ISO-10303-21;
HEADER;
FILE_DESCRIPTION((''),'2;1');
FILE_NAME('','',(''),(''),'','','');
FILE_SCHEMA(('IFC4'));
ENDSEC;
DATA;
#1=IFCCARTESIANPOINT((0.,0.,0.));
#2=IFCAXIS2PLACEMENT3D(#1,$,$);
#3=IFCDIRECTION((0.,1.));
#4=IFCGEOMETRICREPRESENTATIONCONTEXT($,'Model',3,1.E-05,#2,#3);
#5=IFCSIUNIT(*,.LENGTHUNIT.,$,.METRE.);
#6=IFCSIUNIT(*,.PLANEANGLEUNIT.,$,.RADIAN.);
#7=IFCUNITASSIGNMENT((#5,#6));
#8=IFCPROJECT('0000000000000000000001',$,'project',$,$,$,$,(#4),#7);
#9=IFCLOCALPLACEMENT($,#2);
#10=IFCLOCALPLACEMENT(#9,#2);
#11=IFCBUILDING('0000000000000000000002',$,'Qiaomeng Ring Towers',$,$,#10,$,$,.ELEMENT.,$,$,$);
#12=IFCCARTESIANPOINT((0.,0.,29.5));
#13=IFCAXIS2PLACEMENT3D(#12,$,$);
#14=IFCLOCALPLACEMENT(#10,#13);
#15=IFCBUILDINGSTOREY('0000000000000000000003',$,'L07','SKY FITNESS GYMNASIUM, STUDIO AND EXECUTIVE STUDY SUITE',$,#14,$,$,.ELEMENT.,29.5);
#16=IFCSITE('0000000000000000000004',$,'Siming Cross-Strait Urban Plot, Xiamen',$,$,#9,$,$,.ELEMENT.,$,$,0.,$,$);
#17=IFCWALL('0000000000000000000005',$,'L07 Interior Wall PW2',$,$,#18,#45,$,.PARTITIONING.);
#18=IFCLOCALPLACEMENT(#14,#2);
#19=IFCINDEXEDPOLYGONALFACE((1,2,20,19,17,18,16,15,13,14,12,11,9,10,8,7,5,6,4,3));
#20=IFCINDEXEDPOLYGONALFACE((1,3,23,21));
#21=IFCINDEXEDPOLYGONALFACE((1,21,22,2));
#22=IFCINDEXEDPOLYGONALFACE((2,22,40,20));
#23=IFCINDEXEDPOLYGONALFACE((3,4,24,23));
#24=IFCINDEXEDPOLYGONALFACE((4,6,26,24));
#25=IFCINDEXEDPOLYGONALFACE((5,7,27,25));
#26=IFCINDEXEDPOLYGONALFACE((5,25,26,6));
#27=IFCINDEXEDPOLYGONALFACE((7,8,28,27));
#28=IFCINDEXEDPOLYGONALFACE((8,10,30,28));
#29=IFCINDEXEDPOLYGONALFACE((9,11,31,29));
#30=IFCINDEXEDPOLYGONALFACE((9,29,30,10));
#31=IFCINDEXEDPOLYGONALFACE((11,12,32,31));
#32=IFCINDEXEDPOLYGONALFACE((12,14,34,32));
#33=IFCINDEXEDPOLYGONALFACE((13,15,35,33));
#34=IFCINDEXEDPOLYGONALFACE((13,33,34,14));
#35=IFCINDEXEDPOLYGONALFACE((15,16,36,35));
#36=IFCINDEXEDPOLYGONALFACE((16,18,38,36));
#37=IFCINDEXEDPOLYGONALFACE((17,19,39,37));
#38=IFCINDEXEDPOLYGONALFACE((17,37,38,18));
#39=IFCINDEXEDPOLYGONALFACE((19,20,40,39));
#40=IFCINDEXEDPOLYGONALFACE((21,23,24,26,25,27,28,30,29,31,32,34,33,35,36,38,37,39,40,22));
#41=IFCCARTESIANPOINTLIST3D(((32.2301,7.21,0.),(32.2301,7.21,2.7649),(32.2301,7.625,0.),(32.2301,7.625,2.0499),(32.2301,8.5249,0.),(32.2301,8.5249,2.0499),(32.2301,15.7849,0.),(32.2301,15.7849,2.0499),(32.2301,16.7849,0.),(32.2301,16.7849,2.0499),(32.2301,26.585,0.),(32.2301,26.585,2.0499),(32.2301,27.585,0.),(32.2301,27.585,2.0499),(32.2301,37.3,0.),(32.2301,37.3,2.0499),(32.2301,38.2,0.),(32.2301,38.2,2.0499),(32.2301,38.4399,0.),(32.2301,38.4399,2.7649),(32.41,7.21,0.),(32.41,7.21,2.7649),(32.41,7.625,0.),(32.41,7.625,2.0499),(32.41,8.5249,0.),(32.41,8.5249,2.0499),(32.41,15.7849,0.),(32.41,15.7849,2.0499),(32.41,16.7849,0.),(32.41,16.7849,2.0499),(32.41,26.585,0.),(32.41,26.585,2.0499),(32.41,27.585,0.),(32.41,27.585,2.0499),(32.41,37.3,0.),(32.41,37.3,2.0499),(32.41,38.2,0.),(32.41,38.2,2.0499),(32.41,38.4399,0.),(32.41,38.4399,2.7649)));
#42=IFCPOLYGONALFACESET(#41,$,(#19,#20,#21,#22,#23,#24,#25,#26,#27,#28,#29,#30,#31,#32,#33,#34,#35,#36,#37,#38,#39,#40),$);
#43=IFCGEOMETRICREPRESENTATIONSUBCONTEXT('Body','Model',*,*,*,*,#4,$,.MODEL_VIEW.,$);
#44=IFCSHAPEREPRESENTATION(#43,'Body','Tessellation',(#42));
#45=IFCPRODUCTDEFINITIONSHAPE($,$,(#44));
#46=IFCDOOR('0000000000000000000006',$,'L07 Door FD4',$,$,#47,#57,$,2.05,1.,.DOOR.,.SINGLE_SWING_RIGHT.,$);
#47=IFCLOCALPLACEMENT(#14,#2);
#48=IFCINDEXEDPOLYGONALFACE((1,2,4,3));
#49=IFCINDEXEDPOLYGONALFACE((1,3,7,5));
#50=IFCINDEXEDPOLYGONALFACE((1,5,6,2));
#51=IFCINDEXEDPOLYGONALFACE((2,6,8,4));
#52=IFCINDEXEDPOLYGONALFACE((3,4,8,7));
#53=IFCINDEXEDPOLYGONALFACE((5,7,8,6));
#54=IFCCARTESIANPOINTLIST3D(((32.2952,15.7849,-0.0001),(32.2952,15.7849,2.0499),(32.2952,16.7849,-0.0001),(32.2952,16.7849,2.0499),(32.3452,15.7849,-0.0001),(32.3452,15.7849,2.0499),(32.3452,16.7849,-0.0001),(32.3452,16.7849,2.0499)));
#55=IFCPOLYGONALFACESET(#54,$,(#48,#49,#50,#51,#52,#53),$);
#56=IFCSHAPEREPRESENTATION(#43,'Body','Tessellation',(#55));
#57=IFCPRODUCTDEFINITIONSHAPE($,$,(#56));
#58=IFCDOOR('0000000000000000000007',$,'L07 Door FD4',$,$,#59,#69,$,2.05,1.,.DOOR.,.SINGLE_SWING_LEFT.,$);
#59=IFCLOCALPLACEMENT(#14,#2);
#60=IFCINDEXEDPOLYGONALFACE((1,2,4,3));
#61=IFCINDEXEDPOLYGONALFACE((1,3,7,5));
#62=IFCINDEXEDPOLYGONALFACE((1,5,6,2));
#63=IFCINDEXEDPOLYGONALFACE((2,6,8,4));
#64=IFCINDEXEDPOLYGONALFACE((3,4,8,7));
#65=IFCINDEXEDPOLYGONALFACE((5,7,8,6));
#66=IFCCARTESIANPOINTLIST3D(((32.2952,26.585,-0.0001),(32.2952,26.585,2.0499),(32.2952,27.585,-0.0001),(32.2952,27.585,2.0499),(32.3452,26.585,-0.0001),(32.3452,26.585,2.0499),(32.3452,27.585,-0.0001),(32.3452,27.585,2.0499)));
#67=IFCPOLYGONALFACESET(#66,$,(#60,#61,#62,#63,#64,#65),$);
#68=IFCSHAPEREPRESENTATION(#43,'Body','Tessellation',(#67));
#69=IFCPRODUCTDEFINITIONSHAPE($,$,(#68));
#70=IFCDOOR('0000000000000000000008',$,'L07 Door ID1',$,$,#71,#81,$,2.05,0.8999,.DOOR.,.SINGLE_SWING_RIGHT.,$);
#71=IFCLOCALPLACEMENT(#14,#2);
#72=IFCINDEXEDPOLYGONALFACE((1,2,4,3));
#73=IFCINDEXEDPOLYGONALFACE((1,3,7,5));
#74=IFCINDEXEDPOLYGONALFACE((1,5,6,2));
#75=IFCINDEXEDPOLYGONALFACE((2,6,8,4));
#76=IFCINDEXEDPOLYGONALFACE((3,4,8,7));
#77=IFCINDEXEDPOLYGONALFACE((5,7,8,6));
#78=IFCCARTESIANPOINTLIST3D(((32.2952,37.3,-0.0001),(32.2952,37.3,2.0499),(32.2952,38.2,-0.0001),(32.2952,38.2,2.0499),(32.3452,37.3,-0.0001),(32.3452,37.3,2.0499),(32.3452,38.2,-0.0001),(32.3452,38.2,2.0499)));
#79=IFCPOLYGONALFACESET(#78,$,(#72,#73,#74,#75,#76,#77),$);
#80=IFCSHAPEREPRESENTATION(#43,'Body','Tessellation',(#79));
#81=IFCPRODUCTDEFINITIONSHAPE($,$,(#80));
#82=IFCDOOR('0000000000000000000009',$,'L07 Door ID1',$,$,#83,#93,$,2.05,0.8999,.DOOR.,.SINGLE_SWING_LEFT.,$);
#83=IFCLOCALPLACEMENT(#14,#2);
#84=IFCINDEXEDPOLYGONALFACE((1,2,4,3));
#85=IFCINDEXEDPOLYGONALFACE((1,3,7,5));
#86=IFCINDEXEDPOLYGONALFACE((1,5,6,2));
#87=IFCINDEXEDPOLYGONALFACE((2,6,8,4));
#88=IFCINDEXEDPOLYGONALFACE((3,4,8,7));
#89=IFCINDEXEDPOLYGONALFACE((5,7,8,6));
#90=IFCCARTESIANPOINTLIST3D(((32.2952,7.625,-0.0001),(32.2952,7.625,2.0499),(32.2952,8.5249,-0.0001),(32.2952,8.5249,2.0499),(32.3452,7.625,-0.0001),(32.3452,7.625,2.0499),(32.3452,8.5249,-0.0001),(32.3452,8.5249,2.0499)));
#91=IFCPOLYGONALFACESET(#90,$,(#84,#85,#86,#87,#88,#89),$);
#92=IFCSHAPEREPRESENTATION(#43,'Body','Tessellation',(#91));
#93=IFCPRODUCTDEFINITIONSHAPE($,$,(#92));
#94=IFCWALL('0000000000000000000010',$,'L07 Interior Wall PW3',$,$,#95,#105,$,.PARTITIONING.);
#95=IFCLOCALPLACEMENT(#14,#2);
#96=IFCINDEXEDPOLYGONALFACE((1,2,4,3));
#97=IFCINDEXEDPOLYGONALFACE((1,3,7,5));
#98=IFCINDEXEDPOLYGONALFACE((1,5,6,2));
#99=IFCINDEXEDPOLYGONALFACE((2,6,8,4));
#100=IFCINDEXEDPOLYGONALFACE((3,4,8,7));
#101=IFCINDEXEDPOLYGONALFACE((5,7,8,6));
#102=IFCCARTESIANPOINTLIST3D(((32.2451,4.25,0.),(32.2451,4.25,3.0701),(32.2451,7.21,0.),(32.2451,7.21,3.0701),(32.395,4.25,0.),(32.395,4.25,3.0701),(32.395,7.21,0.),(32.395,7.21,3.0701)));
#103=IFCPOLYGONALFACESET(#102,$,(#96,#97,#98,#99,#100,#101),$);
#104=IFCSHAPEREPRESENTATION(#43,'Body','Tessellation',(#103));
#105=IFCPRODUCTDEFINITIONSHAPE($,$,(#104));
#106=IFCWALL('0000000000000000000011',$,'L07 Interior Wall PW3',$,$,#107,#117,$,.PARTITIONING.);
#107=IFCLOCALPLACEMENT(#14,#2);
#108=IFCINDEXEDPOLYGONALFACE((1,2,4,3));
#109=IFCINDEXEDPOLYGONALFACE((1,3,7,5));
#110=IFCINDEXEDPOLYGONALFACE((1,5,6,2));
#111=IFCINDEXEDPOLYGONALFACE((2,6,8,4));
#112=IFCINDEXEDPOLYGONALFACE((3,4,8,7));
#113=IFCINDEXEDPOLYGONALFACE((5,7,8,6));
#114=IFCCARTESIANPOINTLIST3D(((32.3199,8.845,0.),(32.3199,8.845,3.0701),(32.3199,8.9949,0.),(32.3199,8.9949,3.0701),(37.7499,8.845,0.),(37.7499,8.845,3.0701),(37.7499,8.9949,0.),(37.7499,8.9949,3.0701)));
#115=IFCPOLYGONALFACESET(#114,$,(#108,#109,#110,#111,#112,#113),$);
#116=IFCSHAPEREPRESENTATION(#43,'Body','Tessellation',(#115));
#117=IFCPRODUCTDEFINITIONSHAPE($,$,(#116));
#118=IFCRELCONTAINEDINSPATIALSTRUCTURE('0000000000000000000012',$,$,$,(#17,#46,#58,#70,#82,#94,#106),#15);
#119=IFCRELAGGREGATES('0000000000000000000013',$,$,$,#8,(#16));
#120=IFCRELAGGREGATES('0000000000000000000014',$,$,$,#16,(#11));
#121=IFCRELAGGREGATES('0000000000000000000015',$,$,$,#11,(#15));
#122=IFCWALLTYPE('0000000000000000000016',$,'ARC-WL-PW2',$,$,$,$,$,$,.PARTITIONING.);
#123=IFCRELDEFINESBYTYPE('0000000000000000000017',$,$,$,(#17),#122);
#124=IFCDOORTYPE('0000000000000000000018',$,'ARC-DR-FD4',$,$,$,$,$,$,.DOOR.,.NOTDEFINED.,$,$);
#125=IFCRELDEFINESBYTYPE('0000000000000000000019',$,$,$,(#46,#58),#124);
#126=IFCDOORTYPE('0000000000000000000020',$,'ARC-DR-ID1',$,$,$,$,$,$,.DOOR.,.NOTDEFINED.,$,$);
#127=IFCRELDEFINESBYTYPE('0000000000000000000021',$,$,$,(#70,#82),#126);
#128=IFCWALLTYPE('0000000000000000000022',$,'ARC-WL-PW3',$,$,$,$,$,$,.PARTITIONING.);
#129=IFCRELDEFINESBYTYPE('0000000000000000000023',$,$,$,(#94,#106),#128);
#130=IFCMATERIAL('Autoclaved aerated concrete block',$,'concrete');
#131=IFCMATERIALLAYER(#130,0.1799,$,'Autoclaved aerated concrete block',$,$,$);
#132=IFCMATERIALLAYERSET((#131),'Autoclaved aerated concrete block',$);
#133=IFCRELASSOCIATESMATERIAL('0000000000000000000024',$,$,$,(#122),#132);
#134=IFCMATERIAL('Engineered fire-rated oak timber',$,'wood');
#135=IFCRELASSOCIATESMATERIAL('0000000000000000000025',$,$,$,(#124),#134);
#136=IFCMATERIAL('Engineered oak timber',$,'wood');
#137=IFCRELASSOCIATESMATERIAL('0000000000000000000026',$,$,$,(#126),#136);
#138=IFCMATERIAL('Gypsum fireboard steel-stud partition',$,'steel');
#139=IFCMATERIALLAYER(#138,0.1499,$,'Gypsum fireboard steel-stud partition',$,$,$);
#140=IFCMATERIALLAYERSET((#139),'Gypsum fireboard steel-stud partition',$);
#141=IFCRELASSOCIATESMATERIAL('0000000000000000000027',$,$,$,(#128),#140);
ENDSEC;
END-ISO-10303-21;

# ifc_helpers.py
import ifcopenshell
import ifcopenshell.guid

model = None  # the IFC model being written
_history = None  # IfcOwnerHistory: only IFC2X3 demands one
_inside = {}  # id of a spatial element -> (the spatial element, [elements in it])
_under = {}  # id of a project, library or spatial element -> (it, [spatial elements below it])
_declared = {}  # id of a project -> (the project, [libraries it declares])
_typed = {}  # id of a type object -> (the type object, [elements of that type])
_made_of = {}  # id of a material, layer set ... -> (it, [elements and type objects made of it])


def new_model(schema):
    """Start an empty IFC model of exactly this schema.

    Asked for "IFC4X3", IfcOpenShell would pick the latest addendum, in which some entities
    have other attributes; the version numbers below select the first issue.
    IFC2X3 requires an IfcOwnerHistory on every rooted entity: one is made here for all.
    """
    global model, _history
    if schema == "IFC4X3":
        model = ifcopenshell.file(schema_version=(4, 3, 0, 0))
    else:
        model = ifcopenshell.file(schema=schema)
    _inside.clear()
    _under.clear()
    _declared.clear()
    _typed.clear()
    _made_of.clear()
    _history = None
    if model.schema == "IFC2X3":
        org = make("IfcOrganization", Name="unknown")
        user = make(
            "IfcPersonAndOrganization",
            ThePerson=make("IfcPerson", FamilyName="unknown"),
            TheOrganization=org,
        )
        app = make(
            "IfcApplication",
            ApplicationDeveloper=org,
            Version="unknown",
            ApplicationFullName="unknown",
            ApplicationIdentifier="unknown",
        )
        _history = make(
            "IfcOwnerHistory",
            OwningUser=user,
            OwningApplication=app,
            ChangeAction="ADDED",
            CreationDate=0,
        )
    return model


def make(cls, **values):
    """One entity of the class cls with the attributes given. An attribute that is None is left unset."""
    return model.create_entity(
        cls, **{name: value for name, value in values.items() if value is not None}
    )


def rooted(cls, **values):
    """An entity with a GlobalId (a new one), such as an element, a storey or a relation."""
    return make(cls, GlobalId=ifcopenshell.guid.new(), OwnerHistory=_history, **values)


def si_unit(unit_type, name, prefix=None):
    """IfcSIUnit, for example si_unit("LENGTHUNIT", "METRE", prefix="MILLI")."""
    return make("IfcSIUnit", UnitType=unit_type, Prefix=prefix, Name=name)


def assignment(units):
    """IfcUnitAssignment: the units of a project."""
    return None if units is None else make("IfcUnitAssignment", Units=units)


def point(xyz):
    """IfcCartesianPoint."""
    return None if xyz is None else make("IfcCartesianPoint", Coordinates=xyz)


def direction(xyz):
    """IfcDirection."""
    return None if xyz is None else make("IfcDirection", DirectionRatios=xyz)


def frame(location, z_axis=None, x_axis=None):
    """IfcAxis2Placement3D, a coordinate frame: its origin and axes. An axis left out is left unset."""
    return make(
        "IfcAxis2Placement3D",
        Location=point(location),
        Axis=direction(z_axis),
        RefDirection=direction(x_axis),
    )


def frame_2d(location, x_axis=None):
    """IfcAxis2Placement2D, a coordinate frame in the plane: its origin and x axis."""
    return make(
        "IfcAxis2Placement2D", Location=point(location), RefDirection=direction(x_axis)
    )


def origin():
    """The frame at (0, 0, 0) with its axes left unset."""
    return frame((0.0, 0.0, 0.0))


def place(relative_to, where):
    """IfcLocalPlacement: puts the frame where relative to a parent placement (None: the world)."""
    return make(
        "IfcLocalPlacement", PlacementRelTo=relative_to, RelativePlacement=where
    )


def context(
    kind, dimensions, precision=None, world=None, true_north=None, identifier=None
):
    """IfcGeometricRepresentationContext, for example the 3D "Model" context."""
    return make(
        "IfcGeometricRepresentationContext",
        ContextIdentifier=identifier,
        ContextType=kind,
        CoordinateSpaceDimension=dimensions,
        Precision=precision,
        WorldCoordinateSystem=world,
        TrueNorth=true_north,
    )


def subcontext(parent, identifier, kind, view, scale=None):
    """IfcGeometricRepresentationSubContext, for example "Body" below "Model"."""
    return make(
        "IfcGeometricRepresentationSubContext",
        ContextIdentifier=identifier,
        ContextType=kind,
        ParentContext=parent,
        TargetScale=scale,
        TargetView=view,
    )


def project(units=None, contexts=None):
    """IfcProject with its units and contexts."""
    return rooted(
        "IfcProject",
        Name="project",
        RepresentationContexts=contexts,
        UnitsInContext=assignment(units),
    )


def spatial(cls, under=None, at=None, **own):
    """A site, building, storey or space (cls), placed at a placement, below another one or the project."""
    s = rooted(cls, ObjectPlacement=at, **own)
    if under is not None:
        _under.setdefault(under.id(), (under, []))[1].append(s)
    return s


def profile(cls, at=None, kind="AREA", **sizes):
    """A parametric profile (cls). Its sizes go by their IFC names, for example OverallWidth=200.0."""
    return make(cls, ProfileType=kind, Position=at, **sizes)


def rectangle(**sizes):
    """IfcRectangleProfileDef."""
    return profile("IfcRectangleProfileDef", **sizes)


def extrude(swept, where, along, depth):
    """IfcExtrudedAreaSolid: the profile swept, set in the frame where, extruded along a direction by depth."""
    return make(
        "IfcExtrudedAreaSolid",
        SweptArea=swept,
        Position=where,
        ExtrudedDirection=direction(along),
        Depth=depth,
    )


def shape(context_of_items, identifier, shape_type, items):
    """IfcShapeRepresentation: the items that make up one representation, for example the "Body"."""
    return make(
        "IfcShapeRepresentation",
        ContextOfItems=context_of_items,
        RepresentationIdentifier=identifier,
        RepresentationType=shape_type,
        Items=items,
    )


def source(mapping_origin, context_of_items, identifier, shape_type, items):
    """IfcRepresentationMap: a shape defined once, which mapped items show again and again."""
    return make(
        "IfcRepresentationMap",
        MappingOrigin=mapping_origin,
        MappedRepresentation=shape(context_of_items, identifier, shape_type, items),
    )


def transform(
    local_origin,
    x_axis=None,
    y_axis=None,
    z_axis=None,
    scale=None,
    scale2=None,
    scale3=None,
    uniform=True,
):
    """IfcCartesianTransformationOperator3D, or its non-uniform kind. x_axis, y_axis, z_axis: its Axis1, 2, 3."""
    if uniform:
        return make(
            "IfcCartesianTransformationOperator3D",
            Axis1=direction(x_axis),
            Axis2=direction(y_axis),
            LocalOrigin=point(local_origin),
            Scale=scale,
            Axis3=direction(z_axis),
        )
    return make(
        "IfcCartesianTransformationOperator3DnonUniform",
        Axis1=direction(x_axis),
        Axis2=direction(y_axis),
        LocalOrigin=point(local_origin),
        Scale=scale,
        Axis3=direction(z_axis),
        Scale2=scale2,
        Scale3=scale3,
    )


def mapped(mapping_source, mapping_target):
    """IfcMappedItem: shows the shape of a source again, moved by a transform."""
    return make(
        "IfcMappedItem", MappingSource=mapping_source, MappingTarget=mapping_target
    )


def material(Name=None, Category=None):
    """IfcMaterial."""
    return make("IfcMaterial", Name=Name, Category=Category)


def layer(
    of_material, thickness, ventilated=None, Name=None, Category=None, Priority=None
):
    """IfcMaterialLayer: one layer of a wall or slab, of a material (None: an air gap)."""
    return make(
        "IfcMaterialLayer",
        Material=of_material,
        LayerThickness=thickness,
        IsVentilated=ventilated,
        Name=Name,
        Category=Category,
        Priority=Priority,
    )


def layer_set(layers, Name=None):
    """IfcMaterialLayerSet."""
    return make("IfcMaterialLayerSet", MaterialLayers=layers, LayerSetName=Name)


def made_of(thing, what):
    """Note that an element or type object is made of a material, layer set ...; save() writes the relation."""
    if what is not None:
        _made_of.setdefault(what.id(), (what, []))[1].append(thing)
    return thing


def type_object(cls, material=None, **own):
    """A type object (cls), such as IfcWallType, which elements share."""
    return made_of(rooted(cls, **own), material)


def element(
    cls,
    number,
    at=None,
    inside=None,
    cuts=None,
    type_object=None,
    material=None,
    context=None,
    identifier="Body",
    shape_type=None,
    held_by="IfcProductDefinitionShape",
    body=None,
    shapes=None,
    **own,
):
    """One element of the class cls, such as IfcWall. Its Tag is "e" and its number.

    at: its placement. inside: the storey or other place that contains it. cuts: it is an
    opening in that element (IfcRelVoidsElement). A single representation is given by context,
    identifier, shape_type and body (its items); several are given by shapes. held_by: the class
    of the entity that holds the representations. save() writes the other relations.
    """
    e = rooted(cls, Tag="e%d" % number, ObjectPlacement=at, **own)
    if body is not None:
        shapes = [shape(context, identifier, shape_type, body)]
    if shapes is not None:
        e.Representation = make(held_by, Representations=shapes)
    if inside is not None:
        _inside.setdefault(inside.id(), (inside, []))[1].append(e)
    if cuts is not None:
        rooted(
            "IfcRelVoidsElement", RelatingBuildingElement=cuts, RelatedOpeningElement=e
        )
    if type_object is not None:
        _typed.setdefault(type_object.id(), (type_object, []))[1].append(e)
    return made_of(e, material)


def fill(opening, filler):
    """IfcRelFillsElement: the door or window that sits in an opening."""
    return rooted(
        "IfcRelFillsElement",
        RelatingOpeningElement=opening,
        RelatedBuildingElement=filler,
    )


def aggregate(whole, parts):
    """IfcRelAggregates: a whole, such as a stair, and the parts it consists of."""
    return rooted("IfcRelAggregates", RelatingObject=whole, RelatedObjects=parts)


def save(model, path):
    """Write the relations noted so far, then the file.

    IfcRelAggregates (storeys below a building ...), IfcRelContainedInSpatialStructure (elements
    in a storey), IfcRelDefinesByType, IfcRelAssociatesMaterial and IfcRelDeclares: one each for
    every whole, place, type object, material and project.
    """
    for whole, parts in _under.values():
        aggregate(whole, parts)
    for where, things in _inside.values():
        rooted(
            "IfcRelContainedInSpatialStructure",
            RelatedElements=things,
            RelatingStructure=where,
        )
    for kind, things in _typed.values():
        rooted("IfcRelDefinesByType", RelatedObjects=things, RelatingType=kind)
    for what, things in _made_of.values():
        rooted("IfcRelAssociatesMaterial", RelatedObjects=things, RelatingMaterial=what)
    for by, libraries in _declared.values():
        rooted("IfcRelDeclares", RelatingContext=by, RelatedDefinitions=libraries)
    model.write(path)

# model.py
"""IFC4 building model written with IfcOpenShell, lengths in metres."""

from ifc_helpers import new_model, si_unit, direction, frame, frame_2d, origin, place, context, subcontext, project, spatial, rectangle, extrude, source, transform, mapped, material, layer, layer_set, type_object, element, fill, save


model = new_model("IFC4")

# Units and contexts
model_context = context("Model", 3, precision=1e-05, world=origin(), true_north=direction((0.0, 1.0)))
body_context = subcontext(model_context, "Body", "Model", "MODEL_VIEW")
ifc_project = project(units=[si_unit("LENGTHUNIT", "METRE"), si_unit("PLANEANGLEUNIT", "RADIAN")], contexts=[model_context])

# Site, building, storey
site_placement = place(None, origin())
site = spatial("IfcSite", under=ifc_project, at=site_placement, Name="Siming Cross-Strait Urban Plot, Xiamen", CompositionType="ELEMENT", RefElevation=0.0)
building_placement = place(site_placement, origin())
building = spatial("IfcBuilding", under=site, at=building_placement, Name="Qiaomeng Ring Towers", CompositionType="ELEMENT")
storey_placement = place(building_placement, frame((0.0, 0.0, 29.5)))
storey = spatial("IfcBuildingStorey", under=building, at=storey_placement, Name="L07", Description="SKY FITNESS GYMNASIUM, STUDIO AND EXECUTIVE STUDY SUITE", CompositionType="ELEMENT", Elevation=29.5)

# Wall, openings, doors
ifc_material_1 = material(Name="Autoclaved aerated concrete block", Category="concrete")
ifc_layer_1 = layer(ifc_material_1, 0.1799, Name="Autoclaved aerated concrete block")
ifc_layer_set_1 = layer_set([ifc_layer_1], Name="Autoclaved aerated concrete block")
wall_type_1 = type_object("IfcWallType", Name="ARC-WL-PW2", PredefinedType="PARTITIONING", material=ifc_layer_set_1)
wall_1_placement = place(storey_placement, frame((32.3201, 7.21, 0.0), z_axis=(0.0, 0.0, 1.0), x_axis=(0.0, 1.0, 0.0)))
wall_1 = element("IfcWall", 1, at=wall_1_placement, inside=storey, type_object=wall_type_1, Name="L07 Interior Wall PW2", PredefinedType="PARTITIONING", context=body_context, shape_type="SweptSolid", body=[
    extrude(rectangle(XDim=31.23, YDim=0.1799, at=frame_2d((15.615, 0.0))), origin(), (0.0, 0.0, 1.0), 2.7649),
])
opening_1_placement = place(wall_1_placement, frame((30.0901, 0.0, 0.0)))
opening_1 = element("IfcOpeningElement", 2, at=opening_1_placement, cuts=wall_1, PredefinedType="OPENING", context=body_context, shape_type="SweptSolid", body=[
    extrude(rectangle(XDim=0.8999, YDim=2.05, at=frame_2d((0.45, 1.0249))), frame((0.0, 0.0999, 0.0), z_axis=(0.0, -1.0, 0.0), x_axis=(1.0, 0.0, 0.0)), (0.0, 0.0, 1.0), 0.2),
])
opening_2_placement = place(wall_1_placement, frame((0.415, 0.0, 0.0)))
opening_2 = element("IfcOpeningElement", 3, at=opening_2_placement, cuts=wall_1, PredefinedType="OPENING", context=body_context, shape_type="SweptSolid", body=[
    extrude(rectangle(XDim=0.8999, YDim=2.05, at=frame_2d((0.45, 1.0249))), frame((0.0, 0.0999, 0.0), z_axis=(0.0, -1.0, 0.0), x_axis=(1.0, 0.0, 0.0)), (0.0, 0.0, 1.0), 0.2),
])
opening_3_placement = place(wall_1_placement, frame((8.575, 0.0, 0.0)))
opening_3 = element("IfcOpeningElement", 4, at=opening_3_placement, cuts=wall_1, PredefinedType="OPENING", context=body_context, shape_type="SweptSolid", body=[
    extrude(rectangle(XDim=1.0, YDim=2.05, at=frame_2d((0.5, 1.0249))), frame((0.0, 0.0999, 0.0), z_axis=(0.0, -1.0, 0.0), x_axis=(1.0, 0.0, 0.0)), (0.0, 0.0, 1.0), 0.2),
])
opening_4_placement = place(wall_1_placement, frame((19.375, 0.0, 0.0)))
opening_4 = element("IfcOpeningElement", 5, at=opening_4_placement, cuts=wall_1, PredefinedType="OPENING", context=body_context, shape_type="SweptSolid", body=[
    extrude(rectangle(XDim=1.0, YDim=2.05, at=frame_2d((0.5, 1.0249))), frame((0.0, 0.0999, 0.0), z_axis=(0.0, -1.0, 0.0), x_axis=(1.0, 0.0, 0.0)), (0.0, 0.0, 1.0), 0.2),
])
ifc_material_2 = material(Name="Engineered fire-rated oak timber", Category="wood")
door_type_1 = type_object("IfcDoorType", Name="ARC-DR-FD4", OperationType="NOTDEFINED", PredefinedType="DOOR", material=ifc_material_2)
shared_shape_1 = source(origin(), body_context, "Body", "SweptSolid", [
    extrude(rectangle(XDim=1.0, YDim=2.05, at=frame_2d((0.5, 1.0249))), frame((0.0, 0.0249, 0.0), z_axis=(0.0, -1.0, 0.0), x_axis=(1.0, 0.0, 0.0)), (0.0, 0.0, 1.0), 0.05),
])
door_1_placement = place(opening_3_placement, origin())
door_1 = element("IfcDoor", 6, at=door_1_placement, inside=storey, type_object=door_type_1, Name="L07 Door FD4", OperationType="SINGLE_SWING_RIGHT", OverallHeight=2.05, OverallWidth=1.0, PredefinedType="DOOR", context=body_context, shape_type="MappedRepresentation", body=[
    mapped(shared_shape_1, transform((0.0, 0.0, 0.0), x_axis=(1.0, 0.0, 0.0), y_axis=(0.0, 1.0, 0.0), z_axis=(0.0, 0.0, 1.0), scale=1.0)),
])
fill(opening_3, door_1)
door_2_placement = place(opening_4_placement, origin())
door_2 = element("IfcDoor", 7, at=door_2_placement, inside=storey, type_object=door_type_1, Name="L07 Door FD4", OperationType="SINGLE_SWING_LEFT", OverallHeight=2.05, OverallWidth=1.0, PredefinedType="DOOR", context=body_context, shape_type="MappedRepresentation", body=[
    mapped(shared_shape_1, transform((0.0, 0.0, 0.0), x_axis=(1.0, 0.0, 0.0), y_axis=(0.0, 1.0, 0.0), z_axis=(0.0, 0.0, 1.0), scale=1.0)),
])
fill(opening_4, door_2)
ifc_material_3 = material(Name="Engineered oak timber", Category="wood")
door_type_2 = type_object("IfcDoorType", Name="ARC-DR-ID1", OperationType="NOTDEFINED", PredefinedType="DOOR", material=ifc_material_3)
shared_shape_2 = source(origin(), body_context, "Body", "SweptSolid", [
    extrude(rectangle(XDim=0.8999, YDim=2.05, at=frame_2d((0.45, 1.0249))), frame((0.0, 0.0249, 0.0), z_axis=(0.0, -1.0, 0.0), x_axis=(1.0, 0.0, 0.0)), (0.0, 0.0, 1.0), 0.05),
])
door_3_placement = place(opening_1_placement, origin())
door_3 = element("IfcDoor", 8, at=door_3_placement, inside=storey, type_object=door_type_2, Name="L07 Door ID1", OperationType="SINGLE_SWING_RIGHT", OverallHeight=2.05, OverallWidth=0.8999, PredefinedType="DOOR", context=body_context, shape_type="MappedRepresentation", body=[
    mapped(shared_shape_2, transform((0.0, 0.0, 0.0), x_axis=(1.0, 0.0, 0.0), y_axis=(0.0, 1.0, 0.0), z_axis=(0.0, 0.0, 1.0), scale=1.0)),
])
fill(opening_1, door_3)
door_4_placement = place(opening_2_placement, origin())
door_4 = element("IfcDoor", 9, at=door_4_placement, inside=storey, type_object=door_type_2, Name="L07 Door ID1", OperationType="SINGLE_SWING_LEFT", OverallHeight=2.05, OverallWidth=0.8999, PredefinedType="DOOR", context=body_context, shape_type="MappedRepresentation", body=[
    mapped(shared_shape_2, transform((0.0, 0.0, 0.0), x_axis=(1.0, 0.0, 0.0), y_axis=(0.0, 1.0, 0.0), z_axis=(0.0, 0.0, 1.0), scale=1.0)),
])
fill(opening_2, door_4)

# Walls
ifc_material_4 = material(Name="Gypsum fireboard steel-stud partition", Category="steel")
ifc_layer_2 = layer(ifc_material_4, 0.1499, Name="Gypsum fireboard steel-stud partition")
ifc_layer_set_2 = layer_set([ifc_layer_2], Name="Gypsum fireboard steel-stud partition")
wall_type_2 = type_object("IfcWallType", Name="ARC-WL-PW3", PredefinedType="PARTITIONING", material=ifc_layer_set_2)
wall_2_placement = place(storey_placement, frame((32.3201, 4.25, 0.0), z_axis=(0.0, 0.0, 1.0), x_axis=(0.0, 1.0, 0.0)))
element("IfcWall", 10, at=wall_2_placement, inside=storey, type_object=wall_type_2, Name="L07 Interior Wall PW3", PredefinedType="PARTITIONING", context=body_context, shape_type="SweptSolid", body=[
    extrude(rectangle(XDim=2.96, YDim=0.1499, at=frame_2d((1.48, 0.0))), origin(), (0.0, 0.0, 1.0), 3.0701),
])
wall_3_placement = place(storey_placement, frame((32.3201, 8.9199, 0.0), z_axis=(0.0, 0.0, 1.0), x_axis=(1.0, 0.0, 0.0)))
element("IfcWall", 11, at=wall_3_placement, inside=storey, type_object=wall_type_2, Name="L07 Interior Wall PW3", PredefinedType="PARTITIONING", context=body_context, shape_type="SweptSolid", body=[
    extrude(rectangle(XDim=5.4299, YDim=0.1499, at=frame_2d((2.7148, 0.0))), origin(), (0.0, 0.0, 1.0), 3.0701),
])

save(model, "model.ifc")
